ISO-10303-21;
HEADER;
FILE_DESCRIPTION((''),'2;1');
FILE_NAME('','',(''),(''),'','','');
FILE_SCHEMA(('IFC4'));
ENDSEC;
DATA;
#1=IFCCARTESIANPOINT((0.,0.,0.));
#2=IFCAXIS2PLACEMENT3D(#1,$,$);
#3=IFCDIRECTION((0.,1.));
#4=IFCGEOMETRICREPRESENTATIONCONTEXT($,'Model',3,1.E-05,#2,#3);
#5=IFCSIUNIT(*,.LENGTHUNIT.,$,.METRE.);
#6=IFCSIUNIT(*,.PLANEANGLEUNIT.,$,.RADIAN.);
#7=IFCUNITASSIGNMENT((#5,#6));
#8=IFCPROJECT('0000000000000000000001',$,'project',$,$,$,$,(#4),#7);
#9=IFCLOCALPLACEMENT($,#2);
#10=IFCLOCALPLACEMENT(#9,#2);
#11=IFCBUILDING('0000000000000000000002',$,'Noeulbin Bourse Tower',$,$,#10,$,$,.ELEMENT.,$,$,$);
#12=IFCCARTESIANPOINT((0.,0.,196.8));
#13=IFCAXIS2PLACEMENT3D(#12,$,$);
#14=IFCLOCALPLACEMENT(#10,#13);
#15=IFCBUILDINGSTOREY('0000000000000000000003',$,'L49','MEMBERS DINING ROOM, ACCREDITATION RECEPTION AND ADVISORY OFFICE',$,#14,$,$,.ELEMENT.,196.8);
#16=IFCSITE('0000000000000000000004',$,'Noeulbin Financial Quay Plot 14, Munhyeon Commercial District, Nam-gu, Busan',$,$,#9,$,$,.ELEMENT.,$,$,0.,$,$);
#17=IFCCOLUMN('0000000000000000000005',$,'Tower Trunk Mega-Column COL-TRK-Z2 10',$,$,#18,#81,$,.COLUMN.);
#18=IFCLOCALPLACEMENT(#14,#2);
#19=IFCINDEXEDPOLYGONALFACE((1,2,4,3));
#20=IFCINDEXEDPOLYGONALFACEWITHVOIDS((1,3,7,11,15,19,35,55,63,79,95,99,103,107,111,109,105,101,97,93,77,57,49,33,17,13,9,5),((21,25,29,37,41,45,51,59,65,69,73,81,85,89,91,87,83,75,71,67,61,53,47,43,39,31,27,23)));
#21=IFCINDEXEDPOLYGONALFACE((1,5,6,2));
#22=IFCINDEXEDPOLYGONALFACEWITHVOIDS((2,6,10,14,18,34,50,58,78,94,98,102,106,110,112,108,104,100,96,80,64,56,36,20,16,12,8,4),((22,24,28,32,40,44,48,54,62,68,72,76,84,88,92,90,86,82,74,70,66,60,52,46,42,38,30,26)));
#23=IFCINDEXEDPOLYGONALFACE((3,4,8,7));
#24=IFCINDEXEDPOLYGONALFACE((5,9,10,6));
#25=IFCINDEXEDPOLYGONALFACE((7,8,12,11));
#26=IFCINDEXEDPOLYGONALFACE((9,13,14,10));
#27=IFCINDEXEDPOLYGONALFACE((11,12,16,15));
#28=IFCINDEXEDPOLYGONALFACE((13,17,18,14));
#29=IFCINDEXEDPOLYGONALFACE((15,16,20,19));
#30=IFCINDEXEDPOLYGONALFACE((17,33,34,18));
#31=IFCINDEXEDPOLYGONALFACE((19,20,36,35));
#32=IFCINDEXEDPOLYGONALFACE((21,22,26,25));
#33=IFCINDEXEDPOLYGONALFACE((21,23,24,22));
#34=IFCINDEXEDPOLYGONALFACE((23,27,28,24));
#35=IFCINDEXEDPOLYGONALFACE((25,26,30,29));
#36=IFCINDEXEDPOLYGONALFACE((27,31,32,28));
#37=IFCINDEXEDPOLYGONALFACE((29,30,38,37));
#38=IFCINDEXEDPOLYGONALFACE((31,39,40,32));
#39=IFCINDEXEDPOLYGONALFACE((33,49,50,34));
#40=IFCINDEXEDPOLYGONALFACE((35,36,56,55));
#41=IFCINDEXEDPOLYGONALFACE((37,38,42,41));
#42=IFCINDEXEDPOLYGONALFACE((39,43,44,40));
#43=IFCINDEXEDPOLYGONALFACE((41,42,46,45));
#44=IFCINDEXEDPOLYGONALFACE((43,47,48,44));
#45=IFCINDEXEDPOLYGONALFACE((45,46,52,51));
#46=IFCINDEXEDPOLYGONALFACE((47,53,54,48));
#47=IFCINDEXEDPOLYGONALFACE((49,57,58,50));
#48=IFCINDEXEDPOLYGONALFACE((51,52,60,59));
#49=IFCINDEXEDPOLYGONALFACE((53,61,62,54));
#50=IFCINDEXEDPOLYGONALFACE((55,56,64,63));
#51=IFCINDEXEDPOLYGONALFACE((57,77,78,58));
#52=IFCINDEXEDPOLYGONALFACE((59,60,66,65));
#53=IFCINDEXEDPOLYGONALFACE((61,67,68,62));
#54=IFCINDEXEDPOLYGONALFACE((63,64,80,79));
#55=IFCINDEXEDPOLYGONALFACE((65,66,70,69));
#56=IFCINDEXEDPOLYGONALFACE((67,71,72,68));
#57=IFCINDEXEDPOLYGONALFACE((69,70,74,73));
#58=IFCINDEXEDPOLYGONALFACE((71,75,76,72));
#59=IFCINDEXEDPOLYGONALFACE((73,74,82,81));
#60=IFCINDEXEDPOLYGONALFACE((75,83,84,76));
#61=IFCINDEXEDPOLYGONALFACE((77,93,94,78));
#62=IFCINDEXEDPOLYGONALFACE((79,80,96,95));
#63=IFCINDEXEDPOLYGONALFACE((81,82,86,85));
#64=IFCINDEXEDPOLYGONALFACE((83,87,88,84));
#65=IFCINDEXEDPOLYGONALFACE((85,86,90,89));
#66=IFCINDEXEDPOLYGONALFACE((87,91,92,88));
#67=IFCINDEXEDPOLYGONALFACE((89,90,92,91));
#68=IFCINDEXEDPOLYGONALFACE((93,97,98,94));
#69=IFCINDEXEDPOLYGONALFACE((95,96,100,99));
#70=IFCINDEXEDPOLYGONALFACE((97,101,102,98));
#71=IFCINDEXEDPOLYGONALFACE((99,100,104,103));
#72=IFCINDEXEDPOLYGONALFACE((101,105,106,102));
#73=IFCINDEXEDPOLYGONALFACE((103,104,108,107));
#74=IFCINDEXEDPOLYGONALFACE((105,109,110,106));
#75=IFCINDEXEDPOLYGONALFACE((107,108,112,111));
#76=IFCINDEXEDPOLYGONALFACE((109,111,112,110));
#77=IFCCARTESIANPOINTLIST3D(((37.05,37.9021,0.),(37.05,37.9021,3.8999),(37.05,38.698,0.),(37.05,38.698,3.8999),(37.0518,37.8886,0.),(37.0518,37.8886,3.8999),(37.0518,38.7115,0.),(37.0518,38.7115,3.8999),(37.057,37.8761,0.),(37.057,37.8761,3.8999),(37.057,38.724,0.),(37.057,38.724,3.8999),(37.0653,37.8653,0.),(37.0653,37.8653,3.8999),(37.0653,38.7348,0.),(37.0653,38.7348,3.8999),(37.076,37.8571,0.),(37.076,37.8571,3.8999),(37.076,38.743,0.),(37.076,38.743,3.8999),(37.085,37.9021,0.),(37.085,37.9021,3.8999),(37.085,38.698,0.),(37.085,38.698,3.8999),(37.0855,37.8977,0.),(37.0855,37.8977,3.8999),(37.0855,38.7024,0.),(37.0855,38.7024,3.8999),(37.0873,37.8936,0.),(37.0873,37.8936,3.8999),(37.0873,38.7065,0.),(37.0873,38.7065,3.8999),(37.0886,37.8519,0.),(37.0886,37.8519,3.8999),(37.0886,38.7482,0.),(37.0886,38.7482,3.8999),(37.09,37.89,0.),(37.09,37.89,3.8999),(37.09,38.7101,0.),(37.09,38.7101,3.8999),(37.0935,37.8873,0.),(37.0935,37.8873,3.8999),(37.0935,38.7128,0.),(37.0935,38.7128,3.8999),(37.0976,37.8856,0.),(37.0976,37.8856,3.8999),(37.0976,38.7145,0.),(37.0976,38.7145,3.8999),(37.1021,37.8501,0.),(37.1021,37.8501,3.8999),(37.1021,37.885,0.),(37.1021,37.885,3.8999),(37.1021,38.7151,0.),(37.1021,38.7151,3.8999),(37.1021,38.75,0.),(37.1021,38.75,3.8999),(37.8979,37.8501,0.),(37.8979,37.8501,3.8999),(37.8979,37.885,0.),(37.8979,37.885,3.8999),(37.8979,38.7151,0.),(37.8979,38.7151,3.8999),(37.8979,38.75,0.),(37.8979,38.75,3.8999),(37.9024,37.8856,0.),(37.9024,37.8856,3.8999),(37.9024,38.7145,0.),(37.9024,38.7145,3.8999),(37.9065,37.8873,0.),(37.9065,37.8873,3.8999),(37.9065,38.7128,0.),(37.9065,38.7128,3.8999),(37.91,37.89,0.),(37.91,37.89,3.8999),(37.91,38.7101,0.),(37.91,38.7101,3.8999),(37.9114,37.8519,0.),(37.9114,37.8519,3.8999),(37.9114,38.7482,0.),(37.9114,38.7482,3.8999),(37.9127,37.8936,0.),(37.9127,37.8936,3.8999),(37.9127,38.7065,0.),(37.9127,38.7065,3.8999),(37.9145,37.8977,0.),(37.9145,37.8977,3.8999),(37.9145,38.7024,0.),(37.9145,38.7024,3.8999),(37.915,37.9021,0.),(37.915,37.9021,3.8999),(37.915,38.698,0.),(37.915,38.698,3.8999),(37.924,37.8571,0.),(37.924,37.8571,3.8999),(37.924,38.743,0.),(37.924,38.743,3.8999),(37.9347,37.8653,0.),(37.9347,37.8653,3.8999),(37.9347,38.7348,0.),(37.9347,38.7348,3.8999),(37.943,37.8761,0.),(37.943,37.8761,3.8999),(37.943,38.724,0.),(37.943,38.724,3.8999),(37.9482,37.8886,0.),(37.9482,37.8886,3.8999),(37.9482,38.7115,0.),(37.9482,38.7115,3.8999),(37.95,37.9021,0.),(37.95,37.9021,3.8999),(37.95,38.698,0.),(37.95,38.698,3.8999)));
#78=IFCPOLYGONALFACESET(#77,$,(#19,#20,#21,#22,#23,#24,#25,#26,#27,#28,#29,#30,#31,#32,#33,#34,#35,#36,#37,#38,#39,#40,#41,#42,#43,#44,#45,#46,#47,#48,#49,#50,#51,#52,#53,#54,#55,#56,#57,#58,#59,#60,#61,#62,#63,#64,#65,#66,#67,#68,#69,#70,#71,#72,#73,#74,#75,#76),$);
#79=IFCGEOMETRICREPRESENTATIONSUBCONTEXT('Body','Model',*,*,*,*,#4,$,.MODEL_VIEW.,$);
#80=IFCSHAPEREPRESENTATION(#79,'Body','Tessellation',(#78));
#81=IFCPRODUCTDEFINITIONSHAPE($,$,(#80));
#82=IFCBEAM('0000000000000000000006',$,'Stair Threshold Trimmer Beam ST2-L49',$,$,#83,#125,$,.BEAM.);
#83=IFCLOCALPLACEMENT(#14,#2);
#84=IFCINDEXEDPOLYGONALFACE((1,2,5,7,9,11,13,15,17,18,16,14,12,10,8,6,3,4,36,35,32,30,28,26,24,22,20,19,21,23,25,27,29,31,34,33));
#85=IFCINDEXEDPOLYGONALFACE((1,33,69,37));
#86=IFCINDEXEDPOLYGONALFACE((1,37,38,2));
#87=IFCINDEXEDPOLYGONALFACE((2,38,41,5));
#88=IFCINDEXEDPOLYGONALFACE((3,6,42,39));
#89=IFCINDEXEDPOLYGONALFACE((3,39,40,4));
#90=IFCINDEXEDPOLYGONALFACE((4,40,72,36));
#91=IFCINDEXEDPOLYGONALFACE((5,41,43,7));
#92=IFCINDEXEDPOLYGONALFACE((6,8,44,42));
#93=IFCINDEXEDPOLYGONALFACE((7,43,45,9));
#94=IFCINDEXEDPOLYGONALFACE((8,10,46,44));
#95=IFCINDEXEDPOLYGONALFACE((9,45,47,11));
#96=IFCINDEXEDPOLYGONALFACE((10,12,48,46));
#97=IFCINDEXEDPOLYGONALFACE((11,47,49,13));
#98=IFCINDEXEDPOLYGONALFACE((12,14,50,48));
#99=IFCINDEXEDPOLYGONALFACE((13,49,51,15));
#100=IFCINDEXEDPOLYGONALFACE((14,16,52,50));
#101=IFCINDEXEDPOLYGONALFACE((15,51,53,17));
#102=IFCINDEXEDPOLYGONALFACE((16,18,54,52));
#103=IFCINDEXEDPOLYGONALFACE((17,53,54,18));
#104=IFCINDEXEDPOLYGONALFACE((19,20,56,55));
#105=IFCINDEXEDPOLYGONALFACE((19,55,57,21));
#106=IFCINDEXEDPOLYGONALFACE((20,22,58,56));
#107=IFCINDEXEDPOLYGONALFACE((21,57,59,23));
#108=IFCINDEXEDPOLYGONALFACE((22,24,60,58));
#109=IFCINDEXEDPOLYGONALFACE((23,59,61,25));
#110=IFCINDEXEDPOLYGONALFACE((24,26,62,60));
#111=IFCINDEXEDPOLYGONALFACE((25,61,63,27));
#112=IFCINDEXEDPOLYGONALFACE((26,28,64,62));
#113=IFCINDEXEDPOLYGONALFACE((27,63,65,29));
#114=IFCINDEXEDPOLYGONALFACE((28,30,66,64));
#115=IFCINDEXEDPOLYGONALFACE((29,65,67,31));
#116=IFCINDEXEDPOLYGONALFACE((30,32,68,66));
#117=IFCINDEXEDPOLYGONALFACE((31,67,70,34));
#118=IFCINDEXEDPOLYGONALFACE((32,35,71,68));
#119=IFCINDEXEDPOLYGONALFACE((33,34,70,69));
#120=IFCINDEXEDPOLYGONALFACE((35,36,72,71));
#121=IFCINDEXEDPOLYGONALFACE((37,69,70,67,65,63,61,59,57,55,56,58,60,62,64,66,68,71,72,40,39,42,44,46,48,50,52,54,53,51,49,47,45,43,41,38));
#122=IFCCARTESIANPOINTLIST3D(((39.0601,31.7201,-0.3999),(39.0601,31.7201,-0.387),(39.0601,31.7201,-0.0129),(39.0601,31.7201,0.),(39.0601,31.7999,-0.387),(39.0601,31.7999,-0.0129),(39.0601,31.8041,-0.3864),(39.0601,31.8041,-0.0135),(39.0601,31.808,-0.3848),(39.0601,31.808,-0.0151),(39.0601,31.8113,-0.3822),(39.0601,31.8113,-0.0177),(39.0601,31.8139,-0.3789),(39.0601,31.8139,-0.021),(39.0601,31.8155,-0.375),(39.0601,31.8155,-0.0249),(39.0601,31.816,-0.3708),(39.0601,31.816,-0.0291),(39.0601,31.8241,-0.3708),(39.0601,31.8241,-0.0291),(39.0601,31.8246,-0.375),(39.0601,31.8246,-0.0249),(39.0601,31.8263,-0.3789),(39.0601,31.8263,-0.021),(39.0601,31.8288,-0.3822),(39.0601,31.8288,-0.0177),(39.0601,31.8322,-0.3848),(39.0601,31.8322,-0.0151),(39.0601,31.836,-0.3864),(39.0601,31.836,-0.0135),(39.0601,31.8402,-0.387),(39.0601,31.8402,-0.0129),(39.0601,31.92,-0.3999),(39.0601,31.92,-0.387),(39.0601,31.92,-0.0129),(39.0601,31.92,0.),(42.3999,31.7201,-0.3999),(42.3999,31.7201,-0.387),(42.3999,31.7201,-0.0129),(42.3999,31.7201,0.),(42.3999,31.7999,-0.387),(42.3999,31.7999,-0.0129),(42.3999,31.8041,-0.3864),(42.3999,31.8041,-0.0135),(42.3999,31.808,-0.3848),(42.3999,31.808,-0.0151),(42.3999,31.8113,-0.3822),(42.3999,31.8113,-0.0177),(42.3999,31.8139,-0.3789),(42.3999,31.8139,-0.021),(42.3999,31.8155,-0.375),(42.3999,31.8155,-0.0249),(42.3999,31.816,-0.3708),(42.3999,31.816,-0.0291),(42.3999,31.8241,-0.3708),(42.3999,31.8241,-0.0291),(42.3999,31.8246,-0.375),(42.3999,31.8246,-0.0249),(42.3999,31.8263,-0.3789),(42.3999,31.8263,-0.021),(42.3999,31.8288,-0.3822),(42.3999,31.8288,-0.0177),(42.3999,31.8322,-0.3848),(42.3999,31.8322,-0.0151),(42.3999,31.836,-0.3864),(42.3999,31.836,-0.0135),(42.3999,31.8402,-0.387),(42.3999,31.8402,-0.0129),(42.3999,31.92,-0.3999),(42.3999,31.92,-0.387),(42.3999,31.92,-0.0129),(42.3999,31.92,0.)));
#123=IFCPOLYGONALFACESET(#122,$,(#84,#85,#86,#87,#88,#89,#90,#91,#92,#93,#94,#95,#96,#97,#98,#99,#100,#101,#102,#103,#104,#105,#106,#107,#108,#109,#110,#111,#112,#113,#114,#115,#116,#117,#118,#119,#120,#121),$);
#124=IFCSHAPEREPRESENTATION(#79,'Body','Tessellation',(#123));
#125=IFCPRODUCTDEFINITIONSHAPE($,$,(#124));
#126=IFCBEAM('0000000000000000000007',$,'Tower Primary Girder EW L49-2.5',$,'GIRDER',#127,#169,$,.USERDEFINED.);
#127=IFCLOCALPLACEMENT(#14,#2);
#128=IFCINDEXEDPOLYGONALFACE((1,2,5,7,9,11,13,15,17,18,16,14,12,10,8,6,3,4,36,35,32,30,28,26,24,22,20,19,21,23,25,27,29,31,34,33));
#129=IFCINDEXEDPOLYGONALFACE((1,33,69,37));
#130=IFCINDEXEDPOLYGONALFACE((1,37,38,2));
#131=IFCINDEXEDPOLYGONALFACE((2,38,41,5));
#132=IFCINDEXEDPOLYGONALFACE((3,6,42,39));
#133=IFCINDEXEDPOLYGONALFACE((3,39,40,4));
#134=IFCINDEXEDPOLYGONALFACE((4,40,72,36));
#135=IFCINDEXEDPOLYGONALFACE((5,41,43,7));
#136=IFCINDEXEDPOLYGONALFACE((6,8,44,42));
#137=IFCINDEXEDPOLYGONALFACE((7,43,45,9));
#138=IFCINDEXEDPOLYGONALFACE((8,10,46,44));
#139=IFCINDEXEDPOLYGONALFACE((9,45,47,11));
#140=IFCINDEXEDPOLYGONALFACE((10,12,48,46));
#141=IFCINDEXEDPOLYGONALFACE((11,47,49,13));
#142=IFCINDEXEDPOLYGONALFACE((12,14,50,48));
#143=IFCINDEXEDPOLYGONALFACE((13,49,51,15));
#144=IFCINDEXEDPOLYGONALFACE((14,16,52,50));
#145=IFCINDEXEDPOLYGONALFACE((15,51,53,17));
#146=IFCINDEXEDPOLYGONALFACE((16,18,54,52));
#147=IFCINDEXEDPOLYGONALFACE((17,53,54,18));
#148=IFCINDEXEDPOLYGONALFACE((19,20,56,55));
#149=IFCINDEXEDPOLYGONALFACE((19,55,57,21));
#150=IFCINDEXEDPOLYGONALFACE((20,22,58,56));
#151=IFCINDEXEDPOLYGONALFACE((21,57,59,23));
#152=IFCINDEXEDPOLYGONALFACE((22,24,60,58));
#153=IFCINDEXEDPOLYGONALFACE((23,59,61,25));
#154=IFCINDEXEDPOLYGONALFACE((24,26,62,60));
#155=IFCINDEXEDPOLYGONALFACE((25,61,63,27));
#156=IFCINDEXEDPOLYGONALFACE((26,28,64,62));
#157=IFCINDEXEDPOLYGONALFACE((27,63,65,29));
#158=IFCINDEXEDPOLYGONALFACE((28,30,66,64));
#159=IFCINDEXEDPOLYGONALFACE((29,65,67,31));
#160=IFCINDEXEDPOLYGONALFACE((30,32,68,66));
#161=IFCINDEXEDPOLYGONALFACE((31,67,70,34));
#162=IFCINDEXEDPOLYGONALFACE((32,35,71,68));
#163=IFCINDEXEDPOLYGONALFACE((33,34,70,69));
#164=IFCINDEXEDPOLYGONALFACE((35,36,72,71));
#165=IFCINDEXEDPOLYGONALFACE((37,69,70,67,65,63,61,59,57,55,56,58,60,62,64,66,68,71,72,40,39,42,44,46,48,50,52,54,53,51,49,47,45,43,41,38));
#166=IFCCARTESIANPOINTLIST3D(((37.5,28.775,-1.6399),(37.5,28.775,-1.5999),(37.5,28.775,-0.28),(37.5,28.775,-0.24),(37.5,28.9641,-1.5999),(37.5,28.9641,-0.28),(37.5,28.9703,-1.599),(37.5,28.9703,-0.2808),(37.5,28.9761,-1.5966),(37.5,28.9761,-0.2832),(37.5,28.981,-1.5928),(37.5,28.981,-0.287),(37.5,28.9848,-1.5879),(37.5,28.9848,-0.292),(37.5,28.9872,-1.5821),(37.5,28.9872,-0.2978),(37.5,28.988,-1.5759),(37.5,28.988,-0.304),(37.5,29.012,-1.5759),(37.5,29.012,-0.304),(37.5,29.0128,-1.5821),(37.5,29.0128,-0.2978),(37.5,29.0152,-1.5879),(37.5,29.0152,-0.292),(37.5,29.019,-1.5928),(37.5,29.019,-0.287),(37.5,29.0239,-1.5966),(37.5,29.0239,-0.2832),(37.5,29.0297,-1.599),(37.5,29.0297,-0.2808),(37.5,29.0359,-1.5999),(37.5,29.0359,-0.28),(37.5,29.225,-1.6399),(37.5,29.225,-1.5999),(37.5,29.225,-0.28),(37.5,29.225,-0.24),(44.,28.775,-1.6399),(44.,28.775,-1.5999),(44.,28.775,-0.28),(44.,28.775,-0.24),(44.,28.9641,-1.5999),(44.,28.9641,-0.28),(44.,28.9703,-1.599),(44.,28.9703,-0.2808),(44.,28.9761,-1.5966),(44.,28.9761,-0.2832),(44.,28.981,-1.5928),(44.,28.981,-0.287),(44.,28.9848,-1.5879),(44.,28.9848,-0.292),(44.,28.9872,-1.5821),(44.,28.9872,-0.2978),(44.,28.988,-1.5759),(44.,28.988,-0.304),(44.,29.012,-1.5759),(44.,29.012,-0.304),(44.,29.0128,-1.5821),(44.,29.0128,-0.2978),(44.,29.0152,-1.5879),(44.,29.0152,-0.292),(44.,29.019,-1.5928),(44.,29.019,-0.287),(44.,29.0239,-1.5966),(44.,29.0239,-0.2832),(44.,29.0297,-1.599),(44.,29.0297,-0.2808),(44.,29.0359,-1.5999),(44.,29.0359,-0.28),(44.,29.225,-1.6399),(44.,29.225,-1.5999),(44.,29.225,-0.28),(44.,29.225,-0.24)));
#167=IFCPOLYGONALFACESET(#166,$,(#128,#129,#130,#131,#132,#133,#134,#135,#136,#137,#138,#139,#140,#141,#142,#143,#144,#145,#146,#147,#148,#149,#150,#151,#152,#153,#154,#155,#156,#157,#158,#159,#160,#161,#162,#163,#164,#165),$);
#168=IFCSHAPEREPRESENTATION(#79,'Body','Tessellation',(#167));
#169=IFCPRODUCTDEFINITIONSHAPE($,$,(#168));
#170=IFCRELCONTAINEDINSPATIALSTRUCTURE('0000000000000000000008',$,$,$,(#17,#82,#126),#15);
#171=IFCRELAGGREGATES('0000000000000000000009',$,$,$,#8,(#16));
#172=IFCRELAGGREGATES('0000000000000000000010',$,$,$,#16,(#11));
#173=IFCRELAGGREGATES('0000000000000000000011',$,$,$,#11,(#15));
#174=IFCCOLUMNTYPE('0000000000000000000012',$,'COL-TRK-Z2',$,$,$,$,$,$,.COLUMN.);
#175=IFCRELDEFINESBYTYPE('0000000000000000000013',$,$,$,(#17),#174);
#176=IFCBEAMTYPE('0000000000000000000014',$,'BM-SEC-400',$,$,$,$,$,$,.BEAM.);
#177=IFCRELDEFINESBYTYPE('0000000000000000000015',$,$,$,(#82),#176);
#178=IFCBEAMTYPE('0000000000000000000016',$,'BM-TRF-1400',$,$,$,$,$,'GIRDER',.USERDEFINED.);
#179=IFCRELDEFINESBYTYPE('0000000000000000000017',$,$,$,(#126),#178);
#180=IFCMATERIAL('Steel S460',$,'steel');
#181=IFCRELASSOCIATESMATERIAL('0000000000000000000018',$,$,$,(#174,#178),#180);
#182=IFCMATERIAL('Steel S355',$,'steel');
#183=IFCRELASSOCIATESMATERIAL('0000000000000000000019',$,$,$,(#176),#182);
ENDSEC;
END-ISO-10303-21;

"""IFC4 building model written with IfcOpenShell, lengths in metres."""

from ifc_helpers import new_model, si_unit, direction, frame, origin, origin_2d, place, context, subcontext, project, spatial, hollow_rectangle, i_section, extrude, material, material_profile, profile_set, type_object, element, save


model = new_model("IFC4")

# Units and contexts
model_context = context("Model", 3, precision=1e-05, world=origin(), true_north=direction((0.0, 1.0)))
body_context = subcontext(model_context, "Body", "Model", "MODEL_VIEW")
ifc_project = project(units=[si_unit("LENGTHUNIT", "METRE"), si_unit("PLANEANGLEUNIT", "RADIAN")], contexts=[model_context])

# Site, building, storey
site_placement = place(None, origin())
site = spatial("IfcSite", under=ifc_project, at=site_placement, Name="Noeulbin Financial Quay Plot 14, Munhyeon Commercial District, Nam-gu, Busan", CompositionType="ELEMENT", RefElevation=0.0)
building_placement = place(site_placement, origin())
building = spatial("IfcBuilding", under=site, at=building_placement, Name="Noeulbin Bourse Tower", CompositionType="ELEMENT")
storey_placement = place(building_placement, frame((0.0, 0.0, 196.8)))
storey = spatial("IfcBuildingStorey", under=building, at=storey_placement, Name="L49", Description="MEMBERS DINING ROOM, ACCREDITATION RECEPTION AND ADVISORY OFFICE", CompositionType="ELEMENT", Elevation=196.8)

# Column
ifc_material_1 = material(Name="Steel S460", Category="steel")
ifc_material_profile_1 = material_profile(ifc_material_1, hollow_rectangle(XDim=0.8999, YDim=0.8999, WallThickness=0.0349, InnerFilletRadius=0.0171, OuterFilletRadius=0.052, at=origin_2d()), Name="BOX-900x900x35", Category="LoadBearing")
ifc_profile_set_1 = profile_set([ifc_material_profile_1], Name="Steel S460")
column_type = type_object("IfcColumnType", Name="COL-TRK-Z2", PredefinedType="COLUMN", material=ifc_profile_set_1)
column_placement = place(storey_placement, frame((37.5, 38.3, 0.0), z_axis=(0.0, 0.0, 1.0), x_axis=(1.0, 0.0, 0.0)))
element("IfcColumn", 1, at=column_placement, inside=storey, type_object=column_type, Name="Tower Trunk Mega-Column COL-TRK-Z2 10", PredefinedType="COLUMN", context=body_context, shape_type="SweptSolid", body=[
    extrude(hollow_rectangle(XDim=0.8999, YDim=0.8999, WallThickness=0.0349, InnerFilletRadius=0.0171, OuterFilletRadius=0.052, at=origin_2d()), origin(), (0.0, 0.0, 1.0), 3.8999),
])

# Beams
ifc_material_2 = material(Name="Steel S355", Category="steel")
ifc_material_profile_2 = material_profile(ifc_material_2, i_section(OverallWidth=0.2, OverallDepth=0.3999, WebThickness=0.0081, FlangeThickness=0.0129, FilletRadius=0.0161, at=origin_2d()), Name="H-400x200x8x13", Category="LoadBearing")
ifc_profile_set_2 = profile_set([ifc_material_profile_2], Name="Steel S355")
beam_type_1 = type_object("IfcBeamType", Name="BM-SEC-400", PredefinedType="BEAM", material=ifc_profile_set_2)
beam_placement = place(storey_placement, frame((39.0601, 31.8201, -0.2), z_axis=(1.0, 0.0, 0.0), x_axis=(0.0, 1.0, 0.0)))
element("IfcBeam", 2, at=beam_placement, inside=storey, type_object=beam_type_1, Name="Stair Threshold Trimmer Beam ST2-L49", PredefinedType="BEAM", context=body_context, shape_type="SweptSolid", body=[
    extrude(i_section(OverallWidth=0.2, OverallDepth=0.3999, WebThickness=0.0081, FlangeThickness=0.0129, FilletRadius=0.0161, at=origin_2d()), origin(), (0.0, 0.0, 1.0), 3.3398),
])
ifc_material_profile_3 = material_profile(ifc_material_1, i_section(OverallWidth=0.45, OverallDepth=1.3999, WebThickness=0.0239, FlangeThickness=0.04, FilletRadius=0.0239, at=origin_2d()), Name="PG-1400x450x24x40", Category="LoadBearing")
ifc_profile_set_3 = profile_set([ifc_material_profile_3], Name="Steel S460")
beam_type_2 = type_object("IfcBeamType", Name="BM-TRF-1400", ElementType="GIRDER", PredefinedType="USERDEFINED", material=ifc_profile_set_3)
for number, where, z_axis, x_axis, name in (
    (3, (37.5, 29.0, -0.9399), (1.0, 0.0, 0.0), (0.0, 1.0, 0.0), "Tower Primary Girder EW L49-2.5"),
):
    element("IfcBeam", number, at=place(storey_placement, frame(where, z_axis=z_axis, x_axis=x_axis)), inside=storey, type_object=beam_type_2, Name=name, ObjectType="GIRDER", PredefinedType="USERDEFINED", context=body_context, shape_type="SweptSolid", body=[
        extrude(i_section(OverallWidth=0.45, OverallDepth=1.3999, WebThickness=0.0239, FlangeThickness=0.04, FilletRadius=0.0239, at=origin_2d()), origin(), (0.0, 0.0, 1.0), 6.5),
    ])

save(model, "model.ifc")
